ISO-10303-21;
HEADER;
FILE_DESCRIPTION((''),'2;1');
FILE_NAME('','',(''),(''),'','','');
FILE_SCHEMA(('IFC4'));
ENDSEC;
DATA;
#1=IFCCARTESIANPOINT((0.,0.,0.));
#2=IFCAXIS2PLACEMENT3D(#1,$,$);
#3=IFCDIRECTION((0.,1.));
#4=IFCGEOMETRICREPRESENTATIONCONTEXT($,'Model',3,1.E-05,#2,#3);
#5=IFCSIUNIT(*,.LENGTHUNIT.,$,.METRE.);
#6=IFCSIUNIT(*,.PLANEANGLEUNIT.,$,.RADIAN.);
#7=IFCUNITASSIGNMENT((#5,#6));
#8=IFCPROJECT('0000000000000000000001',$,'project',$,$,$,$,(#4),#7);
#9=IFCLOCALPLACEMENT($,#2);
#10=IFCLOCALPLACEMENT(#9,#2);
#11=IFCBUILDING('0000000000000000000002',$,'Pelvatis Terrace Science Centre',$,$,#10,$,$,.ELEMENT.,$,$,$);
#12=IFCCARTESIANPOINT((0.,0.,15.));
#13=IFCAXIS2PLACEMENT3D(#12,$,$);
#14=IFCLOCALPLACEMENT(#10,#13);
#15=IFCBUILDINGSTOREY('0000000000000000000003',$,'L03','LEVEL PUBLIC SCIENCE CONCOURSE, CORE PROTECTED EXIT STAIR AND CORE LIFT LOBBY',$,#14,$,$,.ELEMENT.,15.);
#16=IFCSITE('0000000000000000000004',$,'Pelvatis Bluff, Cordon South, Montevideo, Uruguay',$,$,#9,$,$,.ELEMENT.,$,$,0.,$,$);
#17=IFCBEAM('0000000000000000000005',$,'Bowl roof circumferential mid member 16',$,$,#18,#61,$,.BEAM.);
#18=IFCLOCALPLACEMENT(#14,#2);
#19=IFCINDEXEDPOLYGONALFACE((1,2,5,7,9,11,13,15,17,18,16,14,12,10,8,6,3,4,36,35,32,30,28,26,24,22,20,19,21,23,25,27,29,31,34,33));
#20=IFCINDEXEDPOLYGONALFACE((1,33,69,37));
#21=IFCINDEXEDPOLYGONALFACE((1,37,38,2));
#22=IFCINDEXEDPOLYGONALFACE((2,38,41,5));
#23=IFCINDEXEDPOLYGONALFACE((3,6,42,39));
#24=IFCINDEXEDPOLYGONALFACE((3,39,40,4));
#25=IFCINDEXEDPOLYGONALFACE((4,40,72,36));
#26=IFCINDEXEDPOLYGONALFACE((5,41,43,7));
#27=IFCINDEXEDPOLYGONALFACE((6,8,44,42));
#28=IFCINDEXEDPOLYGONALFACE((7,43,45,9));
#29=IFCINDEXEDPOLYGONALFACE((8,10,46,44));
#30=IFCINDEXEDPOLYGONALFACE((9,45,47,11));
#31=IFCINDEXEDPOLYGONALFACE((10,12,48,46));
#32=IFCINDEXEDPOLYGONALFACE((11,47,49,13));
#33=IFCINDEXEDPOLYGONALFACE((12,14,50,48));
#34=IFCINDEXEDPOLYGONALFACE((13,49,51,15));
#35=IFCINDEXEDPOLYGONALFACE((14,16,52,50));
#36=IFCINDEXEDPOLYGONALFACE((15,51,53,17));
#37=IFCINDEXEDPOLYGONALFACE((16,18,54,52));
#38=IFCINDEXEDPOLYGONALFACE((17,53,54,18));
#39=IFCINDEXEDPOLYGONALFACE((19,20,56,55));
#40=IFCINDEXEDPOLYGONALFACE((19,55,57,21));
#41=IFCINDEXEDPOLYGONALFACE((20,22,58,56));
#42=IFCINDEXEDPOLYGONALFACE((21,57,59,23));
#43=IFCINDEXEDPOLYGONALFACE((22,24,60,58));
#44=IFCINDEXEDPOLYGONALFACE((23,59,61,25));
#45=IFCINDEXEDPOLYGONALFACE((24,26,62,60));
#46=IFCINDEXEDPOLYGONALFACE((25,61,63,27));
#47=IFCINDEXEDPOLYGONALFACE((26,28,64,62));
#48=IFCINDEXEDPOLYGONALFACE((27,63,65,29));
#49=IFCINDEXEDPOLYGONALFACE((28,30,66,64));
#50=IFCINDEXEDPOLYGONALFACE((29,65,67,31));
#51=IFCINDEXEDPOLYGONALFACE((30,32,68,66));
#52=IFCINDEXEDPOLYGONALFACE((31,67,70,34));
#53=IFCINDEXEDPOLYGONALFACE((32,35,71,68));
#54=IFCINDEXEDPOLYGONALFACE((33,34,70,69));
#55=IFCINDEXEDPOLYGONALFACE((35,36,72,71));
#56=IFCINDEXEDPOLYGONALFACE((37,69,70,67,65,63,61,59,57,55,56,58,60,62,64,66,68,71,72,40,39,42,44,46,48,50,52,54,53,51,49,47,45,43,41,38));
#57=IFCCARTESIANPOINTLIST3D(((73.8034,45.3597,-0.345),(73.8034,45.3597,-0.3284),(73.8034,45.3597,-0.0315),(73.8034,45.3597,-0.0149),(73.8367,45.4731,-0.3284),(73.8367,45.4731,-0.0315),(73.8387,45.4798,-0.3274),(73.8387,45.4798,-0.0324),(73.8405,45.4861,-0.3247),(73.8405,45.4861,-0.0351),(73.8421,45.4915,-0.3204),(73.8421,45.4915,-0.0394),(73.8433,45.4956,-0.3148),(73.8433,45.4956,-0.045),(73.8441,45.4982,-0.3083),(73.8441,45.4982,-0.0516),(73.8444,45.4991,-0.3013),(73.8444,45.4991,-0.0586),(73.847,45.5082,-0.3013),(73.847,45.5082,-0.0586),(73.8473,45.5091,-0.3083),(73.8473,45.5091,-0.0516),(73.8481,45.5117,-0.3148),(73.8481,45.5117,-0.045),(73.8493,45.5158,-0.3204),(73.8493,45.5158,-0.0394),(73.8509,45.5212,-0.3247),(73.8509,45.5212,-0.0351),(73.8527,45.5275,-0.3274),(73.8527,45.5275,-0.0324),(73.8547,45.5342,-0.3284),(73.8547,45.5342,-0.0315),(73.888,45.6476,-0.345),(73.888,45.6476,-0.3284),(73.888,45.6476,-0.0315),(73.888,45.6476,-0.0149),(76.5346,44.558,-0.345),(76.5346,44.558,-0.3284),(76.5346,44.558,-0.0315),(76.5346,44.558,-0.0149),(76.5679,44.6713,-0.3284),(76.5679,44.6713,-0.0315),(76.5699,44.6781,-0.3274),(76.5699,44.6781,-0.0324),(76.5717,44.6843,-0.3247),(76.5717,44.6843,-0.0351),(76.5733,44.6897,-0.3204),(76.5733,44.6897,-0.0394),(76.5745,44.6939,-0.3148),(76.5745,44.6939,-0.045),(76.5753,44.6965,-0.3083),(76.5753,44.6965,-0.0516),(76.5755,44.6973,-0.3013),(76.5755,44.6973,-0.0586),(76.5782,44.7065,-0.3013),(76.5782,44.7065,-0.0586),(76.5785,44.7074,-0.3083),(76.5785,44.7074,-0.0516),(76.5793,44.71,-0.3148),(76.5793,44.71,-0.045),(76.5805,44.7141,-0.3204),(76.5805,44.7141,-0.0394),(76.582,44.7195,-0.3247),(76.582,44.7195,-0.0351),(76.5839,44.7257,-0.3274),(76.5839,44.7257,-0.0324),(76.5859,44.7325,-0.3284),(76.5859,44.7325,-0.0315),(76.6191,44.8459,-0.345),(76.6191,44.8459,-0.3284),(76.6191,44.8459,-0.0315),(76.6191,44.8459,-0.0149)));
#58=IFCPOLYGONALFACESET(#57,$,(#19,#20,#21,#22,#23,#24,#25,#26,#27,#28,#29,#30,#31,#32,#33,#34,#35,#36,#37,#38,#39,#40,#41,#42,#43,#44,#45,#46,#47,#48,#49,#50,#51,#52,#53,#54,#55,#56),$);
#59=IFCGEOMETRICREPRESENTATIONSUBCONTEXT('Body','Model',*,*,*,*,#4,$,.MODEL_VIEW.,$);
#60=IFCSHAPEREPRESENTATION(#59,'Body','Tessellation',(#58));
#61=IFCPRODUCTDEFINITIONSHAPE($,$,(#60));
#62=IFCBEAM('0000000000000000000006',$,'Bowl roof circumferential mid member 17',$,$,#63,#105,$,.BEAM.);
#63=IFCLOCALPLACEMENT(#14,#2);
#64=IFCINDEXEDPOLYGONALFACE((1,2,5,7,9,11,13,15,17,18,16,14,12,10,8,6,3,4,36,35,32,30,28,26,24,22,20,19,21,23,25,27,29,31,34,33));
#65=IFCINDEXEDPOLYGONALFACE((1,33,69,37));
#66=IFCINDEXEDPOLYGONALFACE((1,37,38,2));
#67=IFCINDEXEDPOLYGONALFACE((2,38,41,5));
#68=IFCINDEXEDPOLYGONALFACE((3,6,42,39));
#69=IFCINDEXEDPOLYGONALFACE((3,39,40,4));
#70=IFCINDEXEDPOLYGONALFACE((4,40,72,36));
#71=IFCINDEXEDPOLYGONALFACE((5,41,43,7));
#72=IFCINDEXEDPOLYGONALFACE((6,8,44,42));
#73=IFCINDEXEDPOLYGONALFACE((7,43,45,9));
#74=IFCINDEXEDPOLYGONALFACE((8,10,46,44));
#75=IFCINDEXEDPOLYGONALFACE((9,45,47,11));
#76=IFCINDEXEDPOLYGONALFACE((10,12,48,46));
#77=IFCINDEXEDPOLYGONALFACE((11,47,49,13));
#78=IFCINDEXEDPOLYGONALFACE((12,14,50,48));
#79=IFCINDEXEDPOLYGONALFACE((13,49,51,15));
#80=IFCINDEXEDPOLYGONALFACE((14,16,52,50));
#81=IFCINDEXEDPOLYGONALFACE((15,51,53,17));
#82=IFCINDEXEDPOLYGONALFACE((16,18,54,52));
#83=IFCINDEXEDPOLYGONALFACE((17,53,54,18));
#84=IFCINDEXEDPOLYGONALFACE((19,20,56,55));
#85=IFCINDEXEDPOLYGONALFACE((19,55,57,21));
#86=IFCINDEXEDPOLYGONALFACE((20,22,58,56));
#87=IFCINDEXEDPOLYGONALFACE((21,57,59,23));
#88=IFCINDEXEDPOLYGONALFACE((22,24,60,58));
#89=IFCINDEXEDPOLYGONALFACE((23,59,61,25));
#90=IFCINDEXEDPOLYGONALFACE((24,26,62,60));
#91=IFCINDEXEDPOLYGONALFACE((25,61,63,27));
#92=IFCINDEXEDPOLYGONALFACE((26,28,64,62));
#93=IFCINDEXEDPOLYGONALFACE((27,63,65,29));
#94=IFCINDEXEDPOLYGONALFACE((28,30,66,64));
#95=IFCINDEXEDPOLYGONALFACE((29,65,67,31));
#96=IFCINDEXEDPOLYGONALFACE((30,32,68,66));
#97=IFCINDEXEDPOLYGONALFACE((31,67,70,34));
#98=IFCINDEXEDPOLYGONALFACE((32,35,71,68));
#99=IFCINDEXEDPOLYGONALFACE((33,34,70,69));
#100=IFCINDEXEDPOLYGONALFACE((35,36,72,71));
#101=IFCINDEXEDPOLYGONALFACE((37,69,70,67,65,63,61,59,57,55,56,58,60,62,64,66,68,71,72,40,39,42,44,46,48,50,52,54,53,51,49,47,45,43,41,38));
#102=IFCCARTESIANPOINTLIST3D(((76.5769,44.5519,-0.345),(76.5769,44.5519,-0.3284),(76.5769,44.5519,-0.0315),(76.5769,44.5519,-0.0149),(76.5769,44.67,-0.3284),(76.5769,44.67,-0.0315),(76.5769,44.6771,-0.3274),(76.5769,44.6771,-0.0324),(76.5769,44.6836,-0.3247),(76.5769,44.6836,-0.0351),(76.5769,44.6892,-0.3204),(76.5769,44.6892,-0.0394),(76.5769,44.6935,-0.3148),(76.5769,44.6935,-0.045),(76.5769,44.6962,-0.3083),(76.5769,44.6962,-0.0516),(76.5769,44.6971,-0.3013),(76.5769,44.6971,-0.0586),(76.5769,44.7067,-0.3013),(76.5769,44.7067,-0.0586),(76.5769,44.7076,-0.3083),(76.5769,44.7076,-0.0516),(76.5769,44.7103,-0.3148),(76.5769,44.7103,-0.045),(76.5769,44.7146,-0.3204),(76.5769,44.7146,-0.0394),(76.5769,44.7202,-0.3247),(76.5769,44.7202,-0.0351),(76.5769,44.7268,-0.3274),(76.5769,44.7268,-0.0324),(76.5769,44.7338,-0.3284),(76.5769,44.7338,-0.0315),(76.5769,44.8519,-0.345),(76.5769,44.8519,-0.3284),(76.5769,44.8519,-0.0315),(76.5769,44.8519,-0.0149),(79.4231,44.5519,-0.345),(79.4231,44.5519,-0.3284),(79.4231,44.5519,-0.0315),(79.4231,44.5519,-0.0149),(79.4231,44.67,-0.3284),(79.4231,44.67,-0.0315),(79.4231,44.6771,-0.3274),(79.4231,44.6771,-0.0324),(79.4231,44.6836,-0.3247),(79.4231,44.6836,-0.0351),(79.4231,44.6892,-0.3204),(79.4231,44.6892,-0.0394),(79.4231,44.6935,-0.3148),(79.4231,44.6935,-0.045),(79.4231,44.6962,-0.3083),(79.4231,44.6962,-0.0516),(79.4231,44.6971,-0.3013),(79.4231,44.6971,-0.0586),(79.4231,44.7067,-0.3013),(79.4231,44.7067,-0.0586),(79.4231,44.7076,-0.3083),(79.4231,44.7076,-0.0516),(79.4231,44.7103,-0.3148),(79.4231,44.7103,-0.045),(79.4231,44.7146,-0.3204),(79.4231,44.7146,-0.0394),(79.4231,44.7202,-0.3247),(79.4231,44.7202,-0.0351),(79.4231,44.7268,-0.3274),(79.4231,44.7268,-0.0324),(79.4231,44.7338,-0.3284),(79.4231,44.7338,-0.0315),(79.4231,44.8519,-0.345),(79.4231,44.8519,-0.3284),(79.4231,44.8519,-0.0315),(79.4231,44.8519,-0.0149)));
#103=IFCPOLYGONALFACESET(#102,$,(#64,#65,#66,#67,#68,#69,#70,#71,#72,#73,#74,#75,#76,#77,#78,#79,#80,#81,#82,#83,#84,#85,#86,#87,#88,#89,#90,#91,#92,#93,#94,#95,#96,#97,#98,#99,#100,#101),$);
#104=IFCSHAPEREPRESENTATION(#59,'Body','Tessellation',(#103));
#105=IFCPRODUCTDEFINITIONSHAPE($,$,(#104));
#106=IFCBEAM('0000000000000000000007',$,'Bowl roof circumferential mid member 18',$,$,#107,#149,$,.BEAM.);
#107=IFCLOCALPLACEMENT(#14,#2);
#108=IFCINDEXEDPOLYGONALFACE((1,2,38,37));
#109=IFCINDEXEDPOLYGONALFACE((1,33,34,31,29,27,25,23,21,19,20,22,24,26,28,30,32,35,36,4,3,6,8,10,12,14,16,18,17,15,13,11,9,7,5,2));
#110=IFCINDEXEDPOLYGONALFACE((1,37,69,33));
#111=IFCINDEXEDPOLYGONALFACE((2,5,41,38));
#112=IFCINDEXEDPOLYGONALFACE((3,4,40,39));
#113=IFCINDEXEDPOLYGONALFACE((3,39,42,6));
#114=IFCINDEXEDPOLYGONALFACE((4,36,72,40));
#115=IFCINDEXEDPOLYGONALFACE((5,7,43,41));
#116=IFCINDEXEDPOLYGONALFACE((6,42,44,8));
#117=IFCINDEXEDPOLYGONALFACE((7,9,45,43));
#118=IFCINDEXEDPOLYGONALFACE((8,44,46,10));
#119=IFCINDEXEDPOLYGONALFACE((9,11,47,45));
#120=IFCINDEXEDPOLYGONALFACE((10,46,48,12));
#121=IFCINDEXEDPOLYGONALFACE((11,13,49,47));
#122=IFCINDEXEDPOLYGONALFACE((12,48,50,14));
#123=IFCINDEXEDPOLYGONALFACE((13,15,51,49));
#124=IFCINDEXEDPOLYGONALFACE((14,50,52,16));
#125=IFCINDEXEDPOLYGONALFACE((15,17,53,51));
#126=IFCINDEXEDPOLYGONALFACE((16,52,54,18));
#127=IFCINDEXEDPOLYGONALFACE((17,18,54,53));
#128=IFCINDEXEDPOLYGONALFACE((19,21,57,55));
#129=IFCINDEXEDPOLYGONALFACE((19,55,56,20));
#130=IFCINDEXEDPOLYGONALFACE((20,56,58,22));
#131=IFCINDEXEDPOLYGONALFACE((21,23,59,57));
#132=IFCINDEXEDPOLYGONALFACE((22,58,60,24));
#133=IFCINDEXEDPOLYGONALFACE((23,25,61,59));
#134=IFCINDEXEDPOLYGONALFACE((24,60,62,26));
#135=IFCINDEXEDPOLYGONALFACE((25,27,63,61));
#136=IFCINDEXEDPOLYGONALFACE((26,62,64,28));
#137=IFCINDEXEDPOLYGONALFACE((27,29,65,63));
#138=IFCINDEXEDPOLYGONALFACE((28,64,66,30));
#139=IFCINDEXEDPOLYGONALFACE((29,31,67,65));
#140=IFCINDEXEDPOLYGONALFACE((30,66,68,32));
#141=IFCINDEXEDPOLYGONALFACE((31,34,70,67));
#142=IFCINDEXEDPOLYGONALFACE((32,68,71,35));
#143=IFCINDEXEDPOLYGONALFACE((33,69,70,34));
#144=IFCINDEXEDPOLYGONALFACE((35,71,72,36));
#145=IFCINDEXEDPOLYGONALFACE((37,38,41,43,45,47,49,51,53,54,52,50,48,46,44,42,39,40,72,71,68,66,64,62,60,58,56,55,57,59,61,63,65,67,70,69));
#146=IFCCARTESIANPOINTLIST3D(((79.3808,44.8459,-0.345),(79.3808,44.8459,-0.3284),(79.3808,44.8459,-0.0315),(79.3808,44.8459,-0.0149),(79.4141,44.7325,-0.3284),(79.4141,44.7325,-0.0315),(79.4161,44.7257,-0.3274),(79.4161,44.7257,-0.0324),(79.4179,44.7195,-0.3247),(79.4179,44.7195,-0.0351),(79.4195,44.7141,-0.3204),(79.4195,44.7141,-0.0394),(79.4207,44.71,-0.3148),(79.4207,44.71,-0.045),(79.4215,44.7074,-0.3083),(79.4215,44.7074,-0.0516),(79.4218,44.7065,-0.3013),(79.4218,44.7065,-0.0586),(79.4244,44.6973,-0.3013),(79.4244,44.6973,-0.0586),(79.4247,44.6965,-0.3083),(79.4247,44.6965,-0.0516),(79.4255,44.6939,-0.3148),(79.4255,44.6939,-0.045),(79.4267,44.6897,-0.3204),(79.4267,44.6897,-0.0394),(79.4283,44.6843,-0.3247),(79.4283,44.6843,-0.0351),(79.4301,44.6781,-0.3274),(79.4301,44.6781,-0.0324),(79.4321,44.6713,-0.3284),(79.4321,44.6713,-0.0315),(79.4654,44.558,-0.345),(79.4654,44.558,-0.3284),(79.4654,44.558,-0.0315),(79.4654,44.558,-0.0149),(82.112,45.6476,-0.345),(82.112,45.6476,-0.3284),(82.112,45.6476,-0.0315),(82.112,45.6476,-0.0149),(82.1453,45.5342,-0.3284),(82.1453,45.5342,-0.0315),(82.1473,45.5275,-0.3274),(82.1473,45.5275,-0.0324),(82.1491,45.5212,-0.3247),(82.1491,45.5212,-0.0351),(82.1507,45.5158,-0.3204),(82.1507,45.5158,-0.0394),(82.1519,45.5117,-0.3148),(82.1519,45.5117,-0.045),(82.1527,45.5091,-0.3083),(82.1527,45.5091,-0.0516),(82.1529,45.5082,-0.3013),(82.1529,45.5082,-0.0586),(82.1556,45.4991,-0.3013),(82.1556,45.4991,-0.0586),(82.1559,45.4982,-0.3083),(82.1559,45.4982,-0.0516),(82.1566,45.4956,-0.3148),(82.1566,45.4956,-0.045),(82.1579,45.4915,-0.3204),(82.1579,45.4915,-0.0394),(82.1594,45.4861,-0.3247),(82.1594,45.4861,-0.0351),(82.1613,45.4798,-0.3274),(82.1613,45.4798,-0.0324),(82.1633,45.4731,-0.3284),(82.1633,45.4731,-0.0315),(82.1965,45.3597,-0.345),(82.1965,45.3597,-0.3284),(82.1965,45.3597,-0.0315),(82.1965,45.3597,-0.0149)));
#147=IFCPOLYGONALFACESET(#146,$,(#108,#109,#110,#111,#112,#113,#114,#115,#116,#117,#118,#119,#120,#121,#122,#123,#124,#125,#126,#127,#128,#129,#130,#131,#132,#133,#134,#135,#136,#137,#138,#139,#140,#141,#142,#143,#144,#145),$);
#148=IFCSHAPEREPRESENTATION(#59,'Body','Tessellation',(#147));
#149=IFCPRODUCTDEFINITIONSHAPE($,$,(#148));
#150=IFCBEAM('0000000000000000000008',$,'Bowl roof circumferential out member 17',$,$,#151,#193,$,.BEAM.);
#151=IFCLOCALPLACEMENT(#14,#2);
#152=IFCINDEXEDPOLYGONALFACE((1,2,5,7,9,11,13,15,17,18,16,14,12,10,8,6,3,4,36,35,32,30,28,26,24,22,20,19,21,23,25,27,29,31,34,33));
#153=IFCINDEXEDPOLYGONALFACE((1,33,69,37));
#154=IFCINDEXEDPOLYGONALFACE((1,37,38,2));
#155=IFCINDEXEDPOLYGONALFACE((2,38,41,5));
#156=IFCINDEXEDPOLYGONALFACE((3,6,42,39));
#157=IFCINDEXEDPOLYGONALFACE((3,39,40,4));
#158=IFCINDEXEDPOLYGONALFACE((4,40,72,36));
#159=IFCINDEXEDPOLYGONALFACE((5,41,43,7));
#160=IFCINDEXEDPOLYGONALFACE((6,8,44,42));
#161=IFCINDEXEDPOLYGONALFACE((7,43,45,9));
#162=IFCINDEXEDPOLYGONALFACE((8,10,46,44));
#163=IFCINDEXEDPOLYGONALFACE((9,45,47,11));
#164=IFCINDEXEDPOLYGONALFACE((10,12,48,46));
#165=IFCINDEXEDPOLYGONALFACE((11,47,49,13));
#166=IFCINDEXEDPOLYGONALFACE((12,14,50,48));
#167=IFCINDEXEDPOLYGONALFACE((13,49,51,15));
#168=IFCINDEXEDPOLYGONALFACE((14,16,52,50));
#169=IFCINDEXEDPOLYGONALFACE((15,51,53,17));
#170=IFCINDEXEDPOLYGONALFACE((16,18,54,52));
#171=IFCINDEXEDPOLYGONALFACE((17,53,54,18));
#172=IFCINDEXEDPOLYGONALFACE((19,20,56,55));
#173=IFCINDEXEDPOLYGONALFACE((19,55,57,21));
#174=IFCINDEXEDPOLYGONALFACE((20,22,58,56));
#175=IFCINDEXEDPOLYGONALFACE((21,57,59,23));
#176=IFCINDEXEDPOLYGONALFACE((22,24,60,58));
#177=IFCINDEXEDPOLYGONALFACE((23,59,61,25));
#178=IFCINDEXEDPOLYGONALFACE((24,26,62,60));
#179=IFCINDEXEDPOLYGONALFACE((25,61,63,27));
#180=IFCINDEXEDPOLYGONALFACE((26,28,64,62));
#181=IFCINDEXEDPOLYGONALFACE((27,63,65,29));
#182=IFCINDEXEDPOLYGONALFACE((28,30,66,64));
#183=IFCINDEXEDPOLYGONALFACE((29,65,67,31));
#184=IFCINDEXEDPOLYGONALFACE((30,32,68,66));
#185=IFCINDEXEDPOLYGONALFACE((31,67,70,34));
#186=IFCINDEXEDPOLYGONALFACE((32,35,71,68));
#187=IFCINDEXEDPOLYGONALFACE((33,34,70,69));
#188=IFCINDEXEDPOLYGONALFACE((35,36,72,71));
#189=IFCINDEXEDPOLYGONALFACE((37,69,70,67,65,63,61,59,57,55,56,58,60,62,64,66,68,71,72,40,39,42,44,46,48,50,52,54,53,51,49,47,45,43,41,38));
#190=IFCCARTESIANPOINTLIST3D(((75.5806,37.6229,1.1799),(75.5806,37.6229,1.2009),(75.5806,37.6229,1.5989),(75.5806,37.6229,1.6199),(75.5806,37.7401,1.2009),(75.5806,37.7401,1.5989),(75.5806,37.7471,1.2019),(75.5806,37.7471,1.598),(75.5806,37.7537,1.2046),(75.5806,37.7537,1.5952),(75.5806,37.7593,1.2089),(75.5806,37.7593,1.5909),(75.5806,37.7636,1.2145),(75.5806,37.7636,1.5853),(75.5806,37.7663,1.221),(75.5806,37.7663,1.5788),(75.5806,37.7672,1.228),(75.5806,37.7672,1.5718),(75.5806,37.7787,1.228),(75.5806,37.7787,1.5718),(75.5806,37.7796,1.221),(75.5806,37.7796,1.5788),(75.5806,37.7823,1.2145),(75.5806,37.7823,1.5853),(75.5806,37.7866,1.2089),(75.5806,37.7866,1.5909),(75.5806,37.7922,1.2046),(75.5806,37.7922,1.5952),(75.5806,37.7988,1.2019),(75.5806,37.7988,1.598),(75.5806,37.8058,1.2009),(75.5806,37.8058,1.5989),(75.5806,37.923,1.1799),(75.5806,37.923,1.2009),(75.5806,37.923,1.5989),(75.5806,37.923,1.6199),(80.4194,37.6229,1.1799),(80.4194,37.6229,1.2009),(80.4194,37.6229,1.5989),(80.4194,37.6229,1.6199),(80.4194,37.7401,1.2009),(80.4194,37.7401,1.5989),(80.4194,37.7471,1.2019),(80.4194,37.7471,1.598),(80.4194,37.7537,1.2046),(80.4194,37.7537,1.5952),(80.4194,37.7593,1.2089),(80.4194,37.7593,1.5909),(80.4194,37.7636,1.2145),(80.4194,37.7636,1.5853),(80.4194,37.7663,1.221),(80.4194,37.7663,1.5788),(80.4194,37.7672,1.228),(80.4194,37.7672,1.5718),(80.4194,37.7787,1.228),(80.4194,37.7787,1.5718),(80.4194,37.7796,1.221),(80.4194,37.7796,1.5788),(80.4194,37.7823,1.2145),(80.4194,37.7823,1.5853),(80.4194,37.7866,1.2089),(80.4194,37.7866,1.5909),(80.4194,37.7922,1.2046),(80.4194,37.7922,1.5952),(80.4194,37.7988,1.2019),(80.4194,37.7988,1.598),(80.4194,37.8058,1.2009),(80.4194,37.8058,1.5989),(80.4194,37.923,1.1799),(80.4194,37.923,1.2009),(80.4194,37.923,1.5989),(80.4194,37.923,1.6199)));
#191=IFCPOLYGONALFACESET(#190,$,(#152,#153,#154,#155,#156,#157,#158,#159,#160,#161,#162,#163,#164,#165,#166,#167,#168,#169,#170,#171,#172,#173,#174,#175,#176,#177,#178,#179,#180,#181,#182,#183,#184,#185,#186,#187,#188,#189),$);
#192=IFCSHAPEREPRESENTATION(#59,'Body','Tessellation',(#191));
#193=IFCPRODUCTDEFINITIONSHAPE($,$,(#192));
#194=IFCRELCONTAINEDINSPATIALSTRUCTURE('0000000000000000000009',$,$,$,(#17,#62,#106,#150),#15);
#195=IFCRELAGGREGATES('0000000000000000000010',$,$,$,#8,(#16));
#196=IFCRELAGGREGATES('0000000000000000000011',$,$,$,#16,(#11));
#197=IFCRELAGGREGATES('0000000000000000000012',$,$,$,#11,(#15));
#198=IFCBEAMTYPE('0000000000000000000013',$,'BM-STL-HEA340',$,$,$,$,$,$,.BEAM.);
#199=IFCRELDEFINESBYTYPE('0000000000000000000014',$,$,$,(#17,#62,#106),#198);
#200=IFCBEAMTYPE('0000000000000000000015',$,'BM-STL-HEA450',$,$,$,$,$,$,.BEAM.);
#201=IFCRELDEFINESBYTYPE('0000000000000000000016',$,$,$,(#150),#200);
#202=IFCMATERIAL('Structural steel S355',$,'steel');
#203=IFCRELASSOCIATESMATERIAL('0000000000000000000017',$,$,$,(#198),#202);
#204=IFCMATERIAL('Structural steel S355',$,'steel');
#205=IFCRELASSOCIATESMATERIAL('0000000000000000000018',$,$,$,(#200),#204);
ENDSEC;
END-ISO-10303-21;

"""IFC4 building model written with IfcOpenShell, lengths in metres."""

from ifc_helpers import new_model, si_unit, direction, frame, origin, origin_2d, place, context, subcontext, project, spatial, i_section, extrude, material, material_profile, profile_set, type_object, element, save


model = new_model("IFC4")

# Units and contexts
model_context = context("Model", 3, precision=1e-05, world=origin(), true_north=direction((0.0, 1.0)))
body_context = subcontext(model_context, "Body", "Model", "MODEL_VIEW")
ifc_project = project(units=[si_unit("LENGTHUNIT", "METRE"), si_unit("PLANEANGLEUNIT", "RADIAN")], contexts=[model_context])

# Site, building, storey
site_placement = place(None, origin())
site = spatial("IfcSite", under=ifc_project, at=site_placement, Name="Pelvatis Bluff, Cordon South, Montevideo, Uruguay", CompositionType="ELEMENT", RefElevation=0.0)
building_placement = place(site_placement, origin())
building = spatial("IfcBuilding", under=site, at=building_placement, Name="Pelvatis Terrace Science Centre", CompositionType="ELEMENT")
storey_placement = place(building_placement, frame((0.0, 0.0, 15.0)))
storey = spatial("IfcBuildingStorey", under=building, at=storey_placement, Name="L03", Description="LEVEL PUBLIC SCIENCE CONCOURSE, CORE PROTECTED EXIT STAIR AND CORE LIFT LOBBY", CompositionType="ELEMENT", Elevation=15.0)

# Beams
ifc_material_1 = material(Name="Structural steel S355", Category="steel")
ifc_material_profile_1 = material_profile(ifc_material_1, i_section(OverallWidth=0.3, OverallDepth=0.3301, WebThickness=0.0095, FlangeThickness=0.0166, FilletRadius=0.0271, at=origin_2d()), Name="HEA 340")
ifc_profile_set_1 = profile_set([ifc_material_profile_1], Name="Structural steel S355")
beam_type_1 = type_object("IfcBeamType", Name="BM-STL-HEA340", PredefinedType="BEAM", material=ifc_profile_set_1)
beam_1_placement = place(storey_placement, frame((73.8457, 45.5037, -0.1799), z_axis=(0.959512, -0.281669, 0.0), x_axis=(0.281669, 0.959512, 0.0)))
element("IfcBeam", 1, at=beam_1_placement, inside=storey, type_object=beam_type_1, Name="Bowl roof circumferential mid member 16", PredefinedType="BEAM", context=body_context, shape_type="SweptSolid", body=[
    extrude(i_section(OverallWidth=0.3, OverallDepth=0.3301, WebThickness=0.0095, FlangeThickness=0.0166, FilletRadius=0.0271, at=origin_2d()), origin(), (0.0, 0.0, 1.0), 2.8464),
])
beam_2_placement = place(storey_placement, frame((76.5769, 44.7019, -0.1799), z_axis=(1.0, 0.0, 0.0), x_axis=(0.0, 1.0, 0.0)))
element("IfcBeam", 2, at=beam_2_placement, inside=storey, type_object=beam_type_1, Name="Bowl roof circumferential mid member 17", PredefinedType="BEAM", context=body_context, shape_type="SweptSolid", body=[
    extrude(i_section(OverallWidth=0.3, OverallDepth=0.3301, WebThickness=0.0095, FlangeThickness=0.0166, FilletRadius=0.0271, at=origin_2d()), origin(), (0.0, 0.0, 1.0), 2.8462),
])
beam_3_placement = place(storey_placement, frame((79.4231, 44.7019, -0.1799), z_axis=(0.959512, 0.281669, 0.0), x_axis=(-0.281669, 0.959512, 0.0)))
element("IfcBeam", 3, at=beam_3_placement, inside=storey, type_object=beam_type_1, Name="Bowl roof circumferential mid member 18", PredefinedType="BEAM", context=body_context, shape_type="SweptSolid", body=[
    extrude(i_section(OverallWidth=0.3, OverallDepth=0.3301, WebThickness=0.0095, FlangeThickness=0.0166, FilletRadius=0.0271, at=origin_2d()), origin(), (0.0, 0.0, 1.0), 2.8464),
])
ifc_material_2 = material(Name="Structural steel S355", Category="steel")
ifc_material_profile_2 = material_profile(ifc_material_2, i_section(OverallWidth=0.3, OverallDepth=0.4399, WebThickness=0.0115, FlangeThickness=0.021, FilletRadius=0.0271, at=origin_2d()), Name="HEA 450")
ifc_profile_set_2 = profile_set([ifc_material_profile_2], Name="Structural steel S355")
beam_type_2 = type_object("IfcBeamType", Name="BM-STL-HEA450", PredefinedType="BEAM", material=ifc_profile_set_2)
beam_4_placement = place(storey_placement, frame((75.5806, 37.7729, 1.3999), z_axis=(1.0, 0.0, 0.0), x_axis=(0.0, 1.0, 0.0)))
element("IfcBeam", 4, at=beam_4_placement, inside=storey, type_object=beam_type_2, Name="Bowl roof circumferential out member 17", PredefinedType="BEAM", context=body_context, shape_type="SweptSolid", body=[
    extrude(i_section(OverallWidth=0.3, OverallDepth=0.4399, WebThickness=0.0115, FlangeThickness=0.021, FilletRadius=0.0271, at=origin_2d()), origin(), (0.0, 0.0, 1.0), 4.8389),
])

save(model, "model.ifc")
